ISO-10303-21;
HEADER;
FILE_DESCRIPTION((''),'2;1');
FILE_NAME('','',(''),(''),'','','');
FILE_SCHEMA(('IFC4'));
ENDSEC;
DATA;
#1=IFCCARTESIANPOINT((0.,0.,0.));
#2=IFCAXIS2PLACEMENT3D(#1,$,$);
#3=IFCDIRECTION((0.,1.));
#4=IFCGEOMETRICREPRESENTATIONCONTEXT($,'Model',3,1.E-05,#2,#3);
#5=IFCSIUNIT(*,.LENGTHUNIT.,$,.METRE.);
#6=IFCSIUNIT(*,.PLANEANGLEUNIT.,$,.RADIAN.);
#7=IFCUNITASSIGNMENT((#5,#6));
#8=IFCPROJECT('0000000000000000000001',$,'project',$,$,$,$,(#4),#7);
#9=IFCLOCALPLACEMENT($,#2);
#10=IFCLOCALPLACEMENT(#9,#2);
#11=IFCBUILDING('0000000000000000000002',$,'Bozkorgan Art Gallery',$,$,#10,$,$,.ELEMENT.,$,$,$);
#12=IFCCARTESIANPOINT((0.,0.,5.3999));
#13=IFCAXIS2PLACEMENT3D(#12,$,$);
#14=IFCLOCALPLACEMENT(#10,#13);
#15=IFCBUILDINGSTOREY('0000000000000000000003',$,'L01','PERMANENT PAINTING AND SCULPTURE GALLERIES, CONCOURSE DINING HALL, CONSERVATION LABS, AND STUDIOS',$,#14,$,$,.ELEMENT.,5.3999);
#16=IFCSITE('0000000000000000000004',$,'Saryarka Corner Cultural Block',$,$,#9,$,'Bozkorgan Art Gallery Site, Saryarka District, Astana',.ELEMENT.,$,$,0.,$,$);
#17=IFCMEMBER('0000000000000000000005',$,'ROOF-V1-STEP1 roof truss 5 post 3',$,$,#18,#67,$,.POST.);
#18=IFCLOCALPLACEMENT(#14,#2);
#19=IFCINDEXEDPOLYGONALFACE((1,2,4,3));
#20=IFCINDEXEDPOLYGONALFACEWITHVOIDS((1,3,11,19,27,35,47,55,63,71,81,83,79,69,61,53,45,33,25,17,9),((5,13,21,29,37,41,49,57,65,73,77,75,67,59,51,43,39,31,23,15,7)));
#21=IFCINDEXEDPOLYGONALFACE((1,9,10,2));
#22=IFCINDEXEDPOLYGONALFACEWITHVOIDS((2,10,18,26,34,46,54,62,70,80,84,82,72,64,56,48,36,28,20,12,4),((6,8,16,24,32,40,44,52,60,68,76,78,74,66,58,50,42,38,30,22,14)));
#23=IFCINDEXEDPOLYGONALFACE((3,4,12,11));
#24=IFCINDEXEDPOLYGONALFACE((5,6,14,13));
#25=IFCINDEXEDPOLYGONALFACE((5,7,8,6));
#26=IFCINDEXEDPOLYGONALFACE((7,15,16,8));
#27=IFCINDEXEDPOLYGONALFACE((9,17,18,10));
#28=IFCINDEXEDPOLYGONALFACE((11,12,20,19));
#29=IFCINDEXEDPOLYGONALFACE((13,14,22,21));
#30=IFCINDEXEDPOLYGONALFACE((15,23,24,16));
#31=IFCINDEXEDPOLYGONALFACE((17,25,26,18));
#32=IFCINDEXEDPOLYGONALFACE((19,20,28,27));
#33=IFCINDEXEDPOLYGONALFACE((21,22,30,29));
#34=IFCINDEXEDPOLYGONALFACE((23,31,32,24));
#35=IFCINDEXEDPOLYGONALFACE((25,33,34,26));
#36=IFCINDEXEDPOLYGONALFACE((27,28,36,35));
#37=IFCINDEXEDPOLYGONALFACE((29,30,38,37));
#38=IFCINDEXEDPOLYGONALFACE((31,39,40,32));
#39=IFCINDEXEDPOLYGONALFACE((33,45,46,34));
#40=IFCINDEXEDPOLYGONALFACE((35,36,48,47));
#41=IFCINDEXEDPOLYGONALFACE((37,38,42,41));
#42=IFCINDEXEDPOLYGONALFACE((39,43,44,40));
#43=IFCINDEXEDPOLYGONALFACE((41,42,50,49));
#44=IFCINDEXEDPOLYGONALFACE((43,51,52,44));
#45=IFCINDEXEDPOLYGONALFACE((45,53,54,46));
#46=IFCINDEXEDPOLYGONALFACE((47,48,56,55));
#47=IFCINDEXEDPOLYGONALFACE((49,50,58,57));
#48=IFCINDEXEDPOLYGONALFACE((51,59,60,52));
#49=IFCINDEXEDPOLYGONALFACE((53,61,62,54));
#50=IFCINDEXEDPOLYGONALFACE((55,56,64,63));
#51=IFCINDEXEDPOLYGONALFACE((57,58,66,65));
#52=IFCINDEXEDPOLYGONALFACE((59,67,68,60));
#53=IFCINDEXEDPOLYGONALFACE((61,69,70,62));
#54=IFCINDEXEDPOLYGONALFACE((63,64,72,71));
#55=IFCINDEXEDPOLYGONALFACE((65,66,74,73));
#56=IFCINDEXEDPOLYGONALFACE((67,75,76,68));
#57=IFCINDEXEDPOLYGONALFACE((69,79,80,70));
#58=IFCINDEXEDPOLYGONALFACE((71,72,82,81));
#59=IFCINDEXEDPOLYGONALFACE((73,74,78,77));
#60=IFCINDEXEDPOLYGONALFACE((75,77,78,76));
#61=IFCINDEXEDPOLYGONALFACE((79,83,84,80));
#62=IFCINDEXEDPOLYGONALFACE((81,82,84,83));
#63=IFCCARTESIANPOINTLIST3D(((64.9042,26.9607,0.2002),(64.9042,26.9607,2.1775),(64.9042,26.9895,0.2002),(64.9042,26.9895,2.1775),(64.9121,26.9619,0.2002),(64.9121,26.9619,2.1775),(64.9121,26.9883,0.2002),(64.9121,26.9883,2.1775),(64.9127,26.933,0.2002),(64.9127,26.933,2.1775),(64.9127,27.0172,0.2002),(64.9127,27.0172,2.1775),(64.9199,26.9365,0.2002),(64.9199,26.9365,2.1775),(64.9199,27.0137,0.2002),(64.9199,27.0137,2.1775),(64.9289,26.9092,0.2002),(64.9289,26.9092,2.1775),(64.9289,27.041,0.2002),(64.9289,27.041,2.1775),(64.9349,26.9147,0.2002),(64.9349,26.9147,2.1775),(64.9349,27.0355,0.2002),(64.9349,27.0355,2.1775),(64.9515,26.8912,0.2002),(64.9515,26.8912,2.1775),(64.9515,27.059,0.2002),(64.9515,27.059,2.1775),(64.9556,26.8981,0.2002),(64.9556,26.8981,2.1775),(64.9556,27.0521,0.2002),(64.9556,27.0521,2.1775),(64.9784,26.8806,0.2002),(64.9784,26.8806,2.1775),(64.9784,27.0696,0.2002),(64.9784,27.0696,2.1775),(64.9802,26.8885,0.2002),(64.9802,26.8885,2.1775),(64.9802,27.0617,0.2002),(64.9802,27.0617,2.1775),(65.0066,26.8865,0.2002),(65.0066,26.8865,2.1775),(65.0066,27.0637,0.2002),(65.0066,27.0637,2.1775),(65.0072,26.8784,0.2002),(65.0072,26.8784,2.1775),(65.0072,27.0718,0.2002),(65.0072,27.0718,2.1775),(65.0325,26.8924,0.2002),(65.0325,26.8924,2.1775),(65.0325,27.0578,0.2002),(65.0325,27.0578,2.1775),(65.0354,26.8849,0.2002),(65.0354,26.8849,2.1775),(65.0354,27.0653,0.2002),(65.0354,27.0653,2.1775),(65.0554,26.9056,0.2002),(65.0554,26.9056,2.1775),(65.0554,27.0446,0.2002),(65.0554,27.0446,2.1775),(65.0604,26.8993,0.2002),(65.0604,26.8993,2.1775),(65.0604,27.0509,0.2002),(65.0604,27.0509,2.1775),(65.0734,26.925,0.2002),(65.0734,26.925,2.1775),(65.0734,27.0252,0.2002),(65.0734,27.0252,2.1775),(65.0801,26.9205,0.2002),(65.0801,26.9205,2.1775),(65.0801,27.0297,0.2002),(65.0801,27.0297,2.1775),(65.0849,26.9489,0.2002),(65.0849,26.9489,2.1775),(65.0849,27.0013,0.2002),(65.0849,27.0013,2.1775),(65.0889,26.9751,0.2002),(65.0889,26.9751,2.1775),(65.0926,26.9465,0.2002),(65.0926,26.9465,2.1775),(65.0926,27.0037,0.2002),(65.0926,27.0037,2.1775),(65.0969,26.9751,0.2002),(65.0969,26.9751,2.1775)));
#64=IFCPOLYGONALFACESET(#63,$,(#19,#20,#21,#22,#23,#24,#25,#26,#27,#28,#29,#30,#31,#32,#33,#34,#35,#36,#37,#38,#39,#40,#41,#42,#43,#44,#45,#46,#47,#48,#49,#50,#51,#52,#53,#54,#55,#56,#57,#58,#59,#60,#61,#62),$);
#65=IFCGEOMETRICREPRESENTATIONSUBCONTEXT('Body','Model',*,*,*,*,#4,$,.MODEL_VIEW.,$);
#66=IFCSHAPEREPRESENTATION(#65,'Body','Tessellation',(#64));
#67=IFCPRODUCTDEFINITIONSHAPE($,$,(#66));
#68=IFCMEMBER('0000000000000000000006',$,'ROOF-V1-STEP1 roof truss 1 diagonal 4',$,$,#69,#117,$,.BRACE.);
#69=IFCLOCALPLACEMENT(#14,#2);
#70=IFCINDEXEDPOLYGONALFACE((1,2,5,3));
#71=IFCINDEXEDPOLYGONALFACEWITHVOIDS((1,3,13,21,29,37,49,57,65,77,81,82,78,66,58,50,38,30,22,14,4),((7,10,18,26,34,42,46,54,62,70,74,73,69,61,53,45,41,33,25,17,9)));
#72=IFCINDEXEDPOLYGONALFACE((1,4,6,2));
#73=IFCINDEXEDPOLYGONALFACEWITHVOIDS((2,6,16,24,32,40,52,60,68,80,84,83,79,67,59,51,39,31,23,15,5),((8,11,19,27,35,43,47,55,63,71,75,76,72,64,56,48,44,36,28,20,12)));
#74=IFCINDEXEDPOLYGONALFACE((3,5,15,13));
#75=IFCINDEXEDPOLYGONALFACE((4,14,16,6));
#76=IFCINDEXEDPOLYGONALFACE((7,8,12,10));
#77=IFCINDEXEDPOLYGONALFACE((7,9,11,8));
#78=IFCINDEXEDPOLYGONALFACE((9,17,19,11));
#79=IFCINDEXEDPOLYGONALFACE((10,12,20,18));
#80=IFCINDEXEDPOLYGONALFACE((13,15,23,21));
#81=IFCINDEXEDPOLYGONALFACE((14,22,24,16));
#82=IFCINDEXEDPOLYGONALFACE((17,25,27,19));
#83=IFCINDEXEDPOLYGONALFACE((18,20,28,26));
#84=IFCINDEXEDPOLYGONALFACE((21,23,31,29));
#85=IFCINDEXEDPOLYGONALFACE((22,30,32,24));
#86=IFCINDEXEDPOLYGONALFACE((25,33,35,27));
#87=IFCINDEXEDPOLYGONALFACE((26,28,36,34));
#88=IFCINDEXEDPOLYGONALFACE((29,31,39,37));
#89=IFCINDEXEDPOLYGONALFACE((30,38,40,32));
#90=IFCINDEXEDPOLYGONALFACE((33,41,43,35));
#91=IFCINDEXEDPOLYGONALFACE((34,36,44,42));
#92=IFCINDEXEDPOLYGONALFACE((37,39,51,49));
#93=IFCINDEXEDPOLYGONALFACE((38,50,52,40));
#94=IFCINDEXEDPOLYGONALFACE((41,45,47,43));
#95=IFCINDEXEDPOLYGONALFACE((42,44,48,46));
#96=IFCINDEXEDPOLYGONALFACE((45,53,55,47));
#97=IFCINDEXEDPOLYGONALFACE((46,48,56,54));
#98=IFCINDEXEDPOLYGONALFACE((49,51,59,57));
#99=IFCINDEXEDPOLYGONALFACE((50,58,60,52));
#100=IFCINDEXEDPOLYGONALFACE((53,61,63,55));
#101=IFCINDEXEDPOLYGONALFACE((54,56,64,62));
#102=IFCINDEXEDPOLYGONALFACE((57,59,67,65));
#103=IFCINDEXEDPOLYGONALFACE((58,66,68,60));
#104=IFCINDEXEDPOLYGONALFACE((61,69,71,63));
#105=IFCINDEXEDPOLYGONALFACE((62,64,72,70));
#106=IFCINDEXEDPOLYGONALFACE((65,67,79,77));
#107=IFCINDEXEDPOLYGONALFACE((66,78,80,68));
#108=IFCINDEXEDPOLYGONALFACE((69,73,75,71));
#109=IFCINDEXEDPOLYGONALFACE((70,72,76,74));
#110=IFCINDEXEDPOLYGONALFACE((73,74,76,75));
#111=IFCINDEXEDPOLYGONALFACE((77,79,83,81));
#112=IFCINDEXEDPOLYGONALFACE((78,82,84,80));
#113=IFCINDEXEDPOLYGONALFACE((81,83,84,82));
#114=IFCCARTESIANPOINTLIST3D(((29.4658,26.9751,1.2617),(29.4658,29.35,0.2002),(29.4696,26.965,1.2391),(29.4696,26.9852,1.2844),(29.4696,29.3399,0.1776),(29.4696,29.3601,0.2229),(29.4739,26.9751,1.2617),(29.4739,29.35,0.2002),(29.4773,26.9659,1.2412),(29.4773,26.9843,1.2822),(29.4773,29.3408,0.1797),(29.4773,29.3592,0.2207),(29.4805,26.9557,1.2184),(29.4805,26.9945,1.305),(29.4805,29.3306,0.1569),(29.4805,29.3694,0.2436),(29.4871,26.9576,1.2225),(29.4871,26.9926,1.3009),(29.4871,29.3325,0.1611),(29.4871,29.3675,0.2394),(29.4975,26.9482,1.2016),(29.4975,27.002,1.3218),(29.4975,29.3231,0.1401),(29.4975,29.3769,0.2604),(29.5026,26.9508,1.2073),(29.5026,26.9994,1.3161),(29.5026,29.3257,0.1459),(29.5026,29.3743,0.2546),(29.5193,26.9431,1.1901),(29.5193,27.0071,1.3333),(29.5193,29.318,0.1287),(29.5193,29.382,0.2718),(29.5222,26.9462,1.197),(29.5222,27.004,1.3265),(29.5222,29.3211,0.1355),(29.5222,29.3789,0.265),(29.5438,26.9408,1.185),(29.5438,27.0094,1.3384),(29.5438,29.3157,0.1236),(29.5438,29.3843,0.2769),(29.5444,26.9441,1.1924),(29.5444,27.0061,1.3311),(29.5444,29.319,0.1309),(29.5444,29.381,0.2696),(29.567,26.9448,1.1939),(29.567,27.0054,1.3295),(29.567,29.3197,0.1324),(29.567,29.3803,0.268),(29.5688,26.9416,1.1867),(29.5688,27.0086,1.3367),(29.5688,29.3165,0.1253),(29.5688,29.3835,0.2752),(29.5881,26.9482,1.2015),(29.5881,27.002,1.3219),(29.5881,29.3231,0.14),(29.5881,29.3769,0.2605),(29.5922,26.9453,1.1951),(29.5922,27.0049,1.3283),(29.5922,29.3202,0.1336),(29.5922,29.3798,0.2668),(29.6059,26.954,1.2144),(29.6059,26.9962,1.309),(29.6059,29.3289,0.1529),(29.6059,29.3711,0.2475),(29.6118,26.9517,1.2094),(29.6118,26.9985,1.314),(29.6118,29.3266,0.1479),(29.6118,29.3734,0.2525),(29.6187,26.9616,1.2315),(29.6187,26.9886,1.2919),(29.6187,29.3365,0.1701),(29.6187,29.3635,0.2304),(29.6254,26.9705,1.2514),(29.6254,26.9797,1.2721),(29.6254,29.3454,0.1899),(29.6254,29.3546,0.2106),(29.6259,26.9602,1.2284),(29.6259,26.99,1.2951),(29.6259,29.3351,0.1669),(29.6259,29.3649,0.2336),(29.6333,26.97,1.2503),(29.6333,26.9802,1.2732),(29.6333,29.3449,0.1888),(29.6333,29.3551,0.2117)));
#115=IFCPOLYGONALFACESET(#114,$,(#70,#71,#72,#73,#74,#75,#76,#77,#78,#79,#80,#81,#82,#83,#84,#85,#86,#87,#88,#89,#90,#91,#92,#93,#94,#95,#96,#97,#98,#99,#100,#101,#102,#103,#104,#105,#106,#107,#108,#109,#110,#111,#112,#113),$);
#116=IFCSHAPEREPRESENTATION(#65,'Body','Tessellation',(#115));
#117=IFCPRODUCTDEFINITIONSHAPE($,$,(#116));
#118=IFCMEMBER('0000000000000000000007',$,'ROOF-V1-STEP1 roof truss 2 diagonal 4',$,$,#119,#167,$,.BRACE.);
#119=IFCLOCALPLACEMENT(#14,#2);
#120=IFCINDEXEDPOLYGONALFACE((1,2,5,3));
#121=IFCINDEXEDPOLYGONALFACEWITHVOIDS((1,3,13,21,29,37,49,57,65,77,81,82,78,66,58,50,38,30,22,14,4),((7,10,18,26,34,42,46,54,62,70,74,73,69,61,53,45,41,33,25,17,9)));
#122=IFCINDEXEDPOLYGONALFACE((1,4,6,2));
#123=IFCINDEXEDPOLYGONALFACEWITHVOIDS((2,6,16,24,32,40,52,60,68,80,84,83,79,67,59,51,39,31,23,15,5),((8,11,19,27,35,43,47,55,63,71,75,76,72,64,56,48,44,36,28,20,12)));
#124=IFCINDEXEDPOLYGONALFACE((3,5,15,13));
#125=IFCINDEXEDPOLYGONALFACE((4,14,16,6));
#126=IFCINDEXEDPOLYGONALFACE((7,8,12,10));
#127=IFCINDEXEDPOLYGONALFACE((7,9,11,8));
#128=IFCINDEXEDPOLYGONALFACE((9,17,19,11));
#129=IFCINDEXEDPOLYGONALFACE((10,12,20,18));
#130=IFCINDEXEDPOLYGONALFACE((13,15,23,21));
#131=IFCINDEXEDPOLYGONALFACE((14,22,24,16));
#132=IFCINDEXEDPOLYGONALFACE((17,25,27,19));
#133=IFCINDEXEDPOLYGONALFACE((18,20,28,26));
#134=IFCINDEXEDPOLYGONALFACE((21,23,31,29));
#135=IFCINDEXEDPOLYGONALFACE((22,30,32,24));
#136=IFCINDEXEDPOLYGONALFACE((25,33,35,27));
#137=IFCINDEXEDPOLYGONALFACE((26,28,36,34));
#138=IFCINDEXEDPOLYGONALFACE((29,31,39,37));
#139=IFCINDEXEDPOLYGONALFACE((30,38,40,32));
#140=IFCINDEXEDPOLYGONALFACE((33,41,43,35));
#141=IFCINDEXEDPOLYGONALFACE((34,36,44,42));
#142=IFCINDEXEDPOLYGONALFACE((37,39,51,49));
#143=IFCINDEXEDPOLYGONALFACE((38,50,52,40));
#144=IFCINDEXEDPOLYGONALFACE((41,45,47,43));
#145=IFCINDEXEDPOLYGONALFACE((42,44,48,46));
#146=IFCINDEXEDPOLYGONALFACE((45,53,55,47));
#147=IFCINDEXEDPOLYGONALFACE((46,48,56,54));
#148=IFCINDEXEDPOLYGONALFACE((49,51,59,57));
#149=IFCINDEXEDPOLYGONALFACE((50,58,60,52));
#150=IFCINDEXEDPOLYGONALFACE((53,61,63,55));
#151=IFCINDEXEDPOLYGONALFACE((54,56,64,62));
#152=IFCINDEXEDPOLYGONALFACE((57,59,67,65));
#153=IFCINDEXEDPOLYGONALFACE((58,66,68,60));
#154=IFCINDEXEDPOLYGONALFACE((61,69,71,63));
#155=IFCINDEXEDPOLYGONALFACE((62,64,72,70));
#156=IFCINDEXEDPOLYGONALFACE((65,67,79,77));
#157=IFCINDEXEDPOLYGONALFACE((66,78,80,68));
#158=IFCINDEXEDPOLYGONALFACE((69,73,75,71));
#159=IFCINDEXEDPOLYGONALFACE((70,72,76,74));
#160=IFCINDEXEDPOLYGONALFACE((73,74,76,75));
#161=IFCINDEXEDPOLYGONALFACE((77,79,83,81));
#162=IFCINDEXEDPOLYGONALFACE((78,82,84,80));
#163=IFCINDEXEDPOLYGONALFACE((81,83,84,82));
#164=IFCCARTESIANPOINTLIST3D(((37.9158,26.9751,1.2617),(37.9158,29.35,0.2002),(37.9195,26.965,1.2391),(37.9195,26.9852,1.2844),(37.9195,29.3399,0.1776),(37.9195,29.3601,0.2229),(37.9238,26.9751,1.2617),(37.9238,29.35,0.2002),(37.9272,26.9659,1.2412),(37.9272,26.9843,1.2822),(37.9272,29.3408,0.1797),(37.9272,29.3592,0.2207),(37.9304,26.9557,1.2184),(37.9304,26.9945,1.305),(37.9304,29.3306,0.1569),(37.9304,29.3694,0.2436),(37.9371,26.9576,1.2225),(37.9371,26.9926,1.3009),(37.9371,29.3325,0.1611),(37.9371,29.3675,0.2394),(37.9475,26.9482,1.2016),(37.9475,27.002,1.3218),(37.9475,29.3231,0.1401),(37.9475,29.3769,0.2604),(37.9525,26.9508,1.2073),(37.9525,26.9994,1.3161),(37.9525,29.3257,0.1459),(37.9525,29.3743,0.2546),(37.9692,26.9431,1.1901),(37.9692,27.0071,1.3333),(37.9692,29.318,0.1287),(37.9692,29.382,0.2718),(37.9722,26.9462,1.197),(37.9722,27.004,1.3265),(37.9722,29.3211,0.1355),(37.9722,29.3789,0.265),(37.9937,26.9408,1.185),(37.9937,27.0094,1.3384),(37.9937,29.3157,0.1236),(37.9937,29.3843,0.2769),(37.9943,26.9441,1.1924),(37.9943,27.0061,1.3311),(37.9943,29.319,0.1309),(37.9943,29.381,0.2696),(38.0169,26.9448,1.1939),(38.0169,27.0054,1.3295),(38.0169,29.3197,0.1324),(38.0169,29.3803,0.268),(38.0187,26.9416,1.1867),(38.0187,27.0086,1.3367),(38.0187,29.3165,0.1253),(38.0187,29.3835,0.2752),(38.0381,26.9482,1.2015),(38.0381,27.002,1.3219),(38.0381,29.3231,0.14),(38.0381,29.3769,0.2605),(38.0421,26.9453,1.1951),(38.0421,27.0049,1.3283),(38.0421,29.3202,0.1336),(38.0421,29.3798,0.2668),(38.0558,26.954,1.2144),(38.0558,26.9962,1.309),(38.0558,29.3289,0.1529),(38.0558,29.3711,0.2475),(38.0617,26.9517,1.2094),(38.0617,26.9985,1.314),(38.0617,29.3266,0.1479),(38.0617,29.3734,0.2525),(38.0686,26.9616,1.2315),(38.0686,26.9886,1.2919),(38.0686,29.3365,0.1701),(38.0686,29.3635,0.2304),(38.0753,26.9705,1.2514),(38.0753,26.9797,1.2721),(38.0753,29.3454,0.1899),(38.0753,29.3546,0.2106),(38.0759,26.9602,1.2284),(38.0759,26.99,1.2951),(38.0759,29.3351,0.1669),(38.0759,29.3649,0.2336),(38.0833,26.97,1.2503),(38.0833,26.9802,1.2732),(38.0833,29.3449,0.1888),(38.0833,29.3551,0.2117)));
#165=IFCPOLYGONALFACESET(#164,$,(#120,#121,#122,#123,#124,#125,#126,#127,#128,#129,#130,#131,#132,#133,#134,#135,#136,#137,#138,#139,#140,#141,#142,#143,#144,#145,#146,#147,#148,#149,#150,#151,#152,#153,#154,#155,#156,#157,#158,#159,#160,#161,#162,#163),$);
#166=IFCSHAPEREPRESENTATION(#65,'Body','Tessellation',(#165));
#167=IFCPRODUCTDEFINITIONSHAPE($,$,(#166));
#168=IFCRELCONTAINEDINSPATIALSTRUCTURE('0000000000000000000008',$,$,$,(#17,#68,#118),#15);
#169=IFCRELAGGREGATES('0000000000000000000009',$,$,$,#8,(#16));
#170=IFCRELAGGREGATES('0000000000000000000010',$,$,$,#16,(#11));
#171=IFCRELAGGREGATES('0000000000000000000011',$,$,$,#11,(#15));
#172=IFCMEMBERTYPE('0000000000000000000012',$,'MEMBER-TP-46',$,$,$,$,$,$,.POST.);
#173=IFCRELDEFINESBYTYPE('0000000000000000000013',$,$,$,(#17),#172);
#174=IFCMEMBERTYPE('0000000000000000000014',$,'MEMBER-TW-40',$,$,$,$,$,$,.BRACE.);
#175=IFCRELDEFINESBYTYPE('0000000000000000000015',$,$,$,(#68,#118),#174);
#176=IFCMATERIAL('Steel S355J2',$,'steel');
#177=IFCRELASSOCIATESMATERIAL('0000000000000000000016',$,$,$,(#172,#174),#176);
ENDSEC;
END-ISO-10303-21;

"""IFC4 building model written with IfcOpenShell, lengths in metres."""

from ifc_helpers import new_model, si_unit, direction, frame, origin, origin_2d, place, context, subcontext, project, spatial, hollow_circle, extrude, material, material_profile, profile_set, type_object, element, save


model = new_model("IFC4")

# Units and contexts
model_context = context("Model", 3, precision=1e-05, world=origin(), true_north=direction((0.0, 1.0)))
body_context = subcontext(model_context, "Body", "Model", "MODEL_VIEW")
ifc_project = project(units=[si_unit("LENGTHUNIT", "METRE"), si_unit("PLANEANGLEUNIT", "RADIAN")], contexts=[model_context])

# Site, building, storey
site_placement = place(None, origin())
site = spatial("IfcSite", under=ifc_project, at=site_placement, Name="Saryarka Corner Cultural Block", LongName="Bozkorgan Art Gallery Site, Saryarka District, Astana", CompositionType="ELEMENT", RefElevation=0.0)
building_placement = place(site_placement, origin())
building = spatial("IfcBuilding", under=site, at=building_placement, Name="Bozkorgan Art Gallery", CompositionType="ELEMENT")
storey_placement = place(building_placement, frame((0.0, 0.0, 5.3999)))
storey = spatial("IfcBuildingStorey", under=building, at=storey_placement, Name="L01", Description="PERMANENT PAINTING AND SCULPTURE GALLERIES, CONCOURSE DINING HALL, CONSERVATION LABS, AND STUDIOS", CompositionType="ELEMENT", Elevation=5.3999)

# Members
ifc_material_1 = material(Name="Steel S355J2", Category="steel")
ifc_material_profile_1 = material_profile(ifc_material_1, hollow_circle(Radius=0.0969, WallThickness=0.0081, at=origin_2d()), Name="CHS 193.7x8")
ifc_profile_set_1 = profile_set([ifc_material_profile_1], Name="Steel S355J2")
member_type_1 = type_object("IfcMemberType", Name="MEMBER-TP-46", PredefinedType="POST", material=ifc_profile_set_1)
member_1_placement = place(storey_placement, frame((65.0, 26.9751, 0.2002), z_axis=(0.0, 0.0, 1.0), x_axis=(1.0, 0.0, 0.0)))
element("IfcMember", 1, at=member_1_placement, inside=storey, type_object=member_type_1, Name="ROOF-V1-STEP1 roof truss 5 post 3", PredefinedType="POST", context=body_context, shape_type="SweptSolid", body=[
    extrude(hollow_circle(Radius=0.0969, WallThickness=0.0081, at=origin_2d()), origin(), (0.0, 0.0, 1.0), 1.9773),
])
ifc_material_profile_2 = material_profile(ifc_material_1, hollow_circle(Radius=0.0842, WallThickness=0.0081, at=origin_2d()), Name="CHS 168.3x8")
ifc_profile_set_2 = profile_set([ifc_material_profile_2], Name="Steel S355J2")
member_type_2 = type_object("IfcMemberType", Name="MEMBER-TW-40", PredefinedType="BRACE", material=ifc_profile_set_2)
for number, where, z_axis, x_axis, name in (
    (2, (29.55, 26.9751, 1.2617), (0.0, 0.912958, -0.408053), (-1.0, 0.0, 0.0), "ROOF-V1-STEP1 roof truss 1 diagonal 4"),
    (3, (38.0, 26.9751, 1.2617), (0.0, 0.912958, -0.408053), (-1.0, 0.0, 0.0), "ROOF-V1-STEP1 roof truss 2 diagonal 4"),
):
    element("IfcMember", number, at=place(storey_placement, frame(where, z_axis=z_axis, x_axis=x_axis)), inside=storey, type_object=member_type_2, Name=name, PredefinedType="BRACE", context=body_context, shape_type="SweptSolid", body=[
        extrude(hollow_circle(Radius=0.0842, WallThickness=0.0081, at=origin_2d()), origin(), (0.0, 0.0, 1.0), 2.6013),
    ])

save(model, "model.ifc")
